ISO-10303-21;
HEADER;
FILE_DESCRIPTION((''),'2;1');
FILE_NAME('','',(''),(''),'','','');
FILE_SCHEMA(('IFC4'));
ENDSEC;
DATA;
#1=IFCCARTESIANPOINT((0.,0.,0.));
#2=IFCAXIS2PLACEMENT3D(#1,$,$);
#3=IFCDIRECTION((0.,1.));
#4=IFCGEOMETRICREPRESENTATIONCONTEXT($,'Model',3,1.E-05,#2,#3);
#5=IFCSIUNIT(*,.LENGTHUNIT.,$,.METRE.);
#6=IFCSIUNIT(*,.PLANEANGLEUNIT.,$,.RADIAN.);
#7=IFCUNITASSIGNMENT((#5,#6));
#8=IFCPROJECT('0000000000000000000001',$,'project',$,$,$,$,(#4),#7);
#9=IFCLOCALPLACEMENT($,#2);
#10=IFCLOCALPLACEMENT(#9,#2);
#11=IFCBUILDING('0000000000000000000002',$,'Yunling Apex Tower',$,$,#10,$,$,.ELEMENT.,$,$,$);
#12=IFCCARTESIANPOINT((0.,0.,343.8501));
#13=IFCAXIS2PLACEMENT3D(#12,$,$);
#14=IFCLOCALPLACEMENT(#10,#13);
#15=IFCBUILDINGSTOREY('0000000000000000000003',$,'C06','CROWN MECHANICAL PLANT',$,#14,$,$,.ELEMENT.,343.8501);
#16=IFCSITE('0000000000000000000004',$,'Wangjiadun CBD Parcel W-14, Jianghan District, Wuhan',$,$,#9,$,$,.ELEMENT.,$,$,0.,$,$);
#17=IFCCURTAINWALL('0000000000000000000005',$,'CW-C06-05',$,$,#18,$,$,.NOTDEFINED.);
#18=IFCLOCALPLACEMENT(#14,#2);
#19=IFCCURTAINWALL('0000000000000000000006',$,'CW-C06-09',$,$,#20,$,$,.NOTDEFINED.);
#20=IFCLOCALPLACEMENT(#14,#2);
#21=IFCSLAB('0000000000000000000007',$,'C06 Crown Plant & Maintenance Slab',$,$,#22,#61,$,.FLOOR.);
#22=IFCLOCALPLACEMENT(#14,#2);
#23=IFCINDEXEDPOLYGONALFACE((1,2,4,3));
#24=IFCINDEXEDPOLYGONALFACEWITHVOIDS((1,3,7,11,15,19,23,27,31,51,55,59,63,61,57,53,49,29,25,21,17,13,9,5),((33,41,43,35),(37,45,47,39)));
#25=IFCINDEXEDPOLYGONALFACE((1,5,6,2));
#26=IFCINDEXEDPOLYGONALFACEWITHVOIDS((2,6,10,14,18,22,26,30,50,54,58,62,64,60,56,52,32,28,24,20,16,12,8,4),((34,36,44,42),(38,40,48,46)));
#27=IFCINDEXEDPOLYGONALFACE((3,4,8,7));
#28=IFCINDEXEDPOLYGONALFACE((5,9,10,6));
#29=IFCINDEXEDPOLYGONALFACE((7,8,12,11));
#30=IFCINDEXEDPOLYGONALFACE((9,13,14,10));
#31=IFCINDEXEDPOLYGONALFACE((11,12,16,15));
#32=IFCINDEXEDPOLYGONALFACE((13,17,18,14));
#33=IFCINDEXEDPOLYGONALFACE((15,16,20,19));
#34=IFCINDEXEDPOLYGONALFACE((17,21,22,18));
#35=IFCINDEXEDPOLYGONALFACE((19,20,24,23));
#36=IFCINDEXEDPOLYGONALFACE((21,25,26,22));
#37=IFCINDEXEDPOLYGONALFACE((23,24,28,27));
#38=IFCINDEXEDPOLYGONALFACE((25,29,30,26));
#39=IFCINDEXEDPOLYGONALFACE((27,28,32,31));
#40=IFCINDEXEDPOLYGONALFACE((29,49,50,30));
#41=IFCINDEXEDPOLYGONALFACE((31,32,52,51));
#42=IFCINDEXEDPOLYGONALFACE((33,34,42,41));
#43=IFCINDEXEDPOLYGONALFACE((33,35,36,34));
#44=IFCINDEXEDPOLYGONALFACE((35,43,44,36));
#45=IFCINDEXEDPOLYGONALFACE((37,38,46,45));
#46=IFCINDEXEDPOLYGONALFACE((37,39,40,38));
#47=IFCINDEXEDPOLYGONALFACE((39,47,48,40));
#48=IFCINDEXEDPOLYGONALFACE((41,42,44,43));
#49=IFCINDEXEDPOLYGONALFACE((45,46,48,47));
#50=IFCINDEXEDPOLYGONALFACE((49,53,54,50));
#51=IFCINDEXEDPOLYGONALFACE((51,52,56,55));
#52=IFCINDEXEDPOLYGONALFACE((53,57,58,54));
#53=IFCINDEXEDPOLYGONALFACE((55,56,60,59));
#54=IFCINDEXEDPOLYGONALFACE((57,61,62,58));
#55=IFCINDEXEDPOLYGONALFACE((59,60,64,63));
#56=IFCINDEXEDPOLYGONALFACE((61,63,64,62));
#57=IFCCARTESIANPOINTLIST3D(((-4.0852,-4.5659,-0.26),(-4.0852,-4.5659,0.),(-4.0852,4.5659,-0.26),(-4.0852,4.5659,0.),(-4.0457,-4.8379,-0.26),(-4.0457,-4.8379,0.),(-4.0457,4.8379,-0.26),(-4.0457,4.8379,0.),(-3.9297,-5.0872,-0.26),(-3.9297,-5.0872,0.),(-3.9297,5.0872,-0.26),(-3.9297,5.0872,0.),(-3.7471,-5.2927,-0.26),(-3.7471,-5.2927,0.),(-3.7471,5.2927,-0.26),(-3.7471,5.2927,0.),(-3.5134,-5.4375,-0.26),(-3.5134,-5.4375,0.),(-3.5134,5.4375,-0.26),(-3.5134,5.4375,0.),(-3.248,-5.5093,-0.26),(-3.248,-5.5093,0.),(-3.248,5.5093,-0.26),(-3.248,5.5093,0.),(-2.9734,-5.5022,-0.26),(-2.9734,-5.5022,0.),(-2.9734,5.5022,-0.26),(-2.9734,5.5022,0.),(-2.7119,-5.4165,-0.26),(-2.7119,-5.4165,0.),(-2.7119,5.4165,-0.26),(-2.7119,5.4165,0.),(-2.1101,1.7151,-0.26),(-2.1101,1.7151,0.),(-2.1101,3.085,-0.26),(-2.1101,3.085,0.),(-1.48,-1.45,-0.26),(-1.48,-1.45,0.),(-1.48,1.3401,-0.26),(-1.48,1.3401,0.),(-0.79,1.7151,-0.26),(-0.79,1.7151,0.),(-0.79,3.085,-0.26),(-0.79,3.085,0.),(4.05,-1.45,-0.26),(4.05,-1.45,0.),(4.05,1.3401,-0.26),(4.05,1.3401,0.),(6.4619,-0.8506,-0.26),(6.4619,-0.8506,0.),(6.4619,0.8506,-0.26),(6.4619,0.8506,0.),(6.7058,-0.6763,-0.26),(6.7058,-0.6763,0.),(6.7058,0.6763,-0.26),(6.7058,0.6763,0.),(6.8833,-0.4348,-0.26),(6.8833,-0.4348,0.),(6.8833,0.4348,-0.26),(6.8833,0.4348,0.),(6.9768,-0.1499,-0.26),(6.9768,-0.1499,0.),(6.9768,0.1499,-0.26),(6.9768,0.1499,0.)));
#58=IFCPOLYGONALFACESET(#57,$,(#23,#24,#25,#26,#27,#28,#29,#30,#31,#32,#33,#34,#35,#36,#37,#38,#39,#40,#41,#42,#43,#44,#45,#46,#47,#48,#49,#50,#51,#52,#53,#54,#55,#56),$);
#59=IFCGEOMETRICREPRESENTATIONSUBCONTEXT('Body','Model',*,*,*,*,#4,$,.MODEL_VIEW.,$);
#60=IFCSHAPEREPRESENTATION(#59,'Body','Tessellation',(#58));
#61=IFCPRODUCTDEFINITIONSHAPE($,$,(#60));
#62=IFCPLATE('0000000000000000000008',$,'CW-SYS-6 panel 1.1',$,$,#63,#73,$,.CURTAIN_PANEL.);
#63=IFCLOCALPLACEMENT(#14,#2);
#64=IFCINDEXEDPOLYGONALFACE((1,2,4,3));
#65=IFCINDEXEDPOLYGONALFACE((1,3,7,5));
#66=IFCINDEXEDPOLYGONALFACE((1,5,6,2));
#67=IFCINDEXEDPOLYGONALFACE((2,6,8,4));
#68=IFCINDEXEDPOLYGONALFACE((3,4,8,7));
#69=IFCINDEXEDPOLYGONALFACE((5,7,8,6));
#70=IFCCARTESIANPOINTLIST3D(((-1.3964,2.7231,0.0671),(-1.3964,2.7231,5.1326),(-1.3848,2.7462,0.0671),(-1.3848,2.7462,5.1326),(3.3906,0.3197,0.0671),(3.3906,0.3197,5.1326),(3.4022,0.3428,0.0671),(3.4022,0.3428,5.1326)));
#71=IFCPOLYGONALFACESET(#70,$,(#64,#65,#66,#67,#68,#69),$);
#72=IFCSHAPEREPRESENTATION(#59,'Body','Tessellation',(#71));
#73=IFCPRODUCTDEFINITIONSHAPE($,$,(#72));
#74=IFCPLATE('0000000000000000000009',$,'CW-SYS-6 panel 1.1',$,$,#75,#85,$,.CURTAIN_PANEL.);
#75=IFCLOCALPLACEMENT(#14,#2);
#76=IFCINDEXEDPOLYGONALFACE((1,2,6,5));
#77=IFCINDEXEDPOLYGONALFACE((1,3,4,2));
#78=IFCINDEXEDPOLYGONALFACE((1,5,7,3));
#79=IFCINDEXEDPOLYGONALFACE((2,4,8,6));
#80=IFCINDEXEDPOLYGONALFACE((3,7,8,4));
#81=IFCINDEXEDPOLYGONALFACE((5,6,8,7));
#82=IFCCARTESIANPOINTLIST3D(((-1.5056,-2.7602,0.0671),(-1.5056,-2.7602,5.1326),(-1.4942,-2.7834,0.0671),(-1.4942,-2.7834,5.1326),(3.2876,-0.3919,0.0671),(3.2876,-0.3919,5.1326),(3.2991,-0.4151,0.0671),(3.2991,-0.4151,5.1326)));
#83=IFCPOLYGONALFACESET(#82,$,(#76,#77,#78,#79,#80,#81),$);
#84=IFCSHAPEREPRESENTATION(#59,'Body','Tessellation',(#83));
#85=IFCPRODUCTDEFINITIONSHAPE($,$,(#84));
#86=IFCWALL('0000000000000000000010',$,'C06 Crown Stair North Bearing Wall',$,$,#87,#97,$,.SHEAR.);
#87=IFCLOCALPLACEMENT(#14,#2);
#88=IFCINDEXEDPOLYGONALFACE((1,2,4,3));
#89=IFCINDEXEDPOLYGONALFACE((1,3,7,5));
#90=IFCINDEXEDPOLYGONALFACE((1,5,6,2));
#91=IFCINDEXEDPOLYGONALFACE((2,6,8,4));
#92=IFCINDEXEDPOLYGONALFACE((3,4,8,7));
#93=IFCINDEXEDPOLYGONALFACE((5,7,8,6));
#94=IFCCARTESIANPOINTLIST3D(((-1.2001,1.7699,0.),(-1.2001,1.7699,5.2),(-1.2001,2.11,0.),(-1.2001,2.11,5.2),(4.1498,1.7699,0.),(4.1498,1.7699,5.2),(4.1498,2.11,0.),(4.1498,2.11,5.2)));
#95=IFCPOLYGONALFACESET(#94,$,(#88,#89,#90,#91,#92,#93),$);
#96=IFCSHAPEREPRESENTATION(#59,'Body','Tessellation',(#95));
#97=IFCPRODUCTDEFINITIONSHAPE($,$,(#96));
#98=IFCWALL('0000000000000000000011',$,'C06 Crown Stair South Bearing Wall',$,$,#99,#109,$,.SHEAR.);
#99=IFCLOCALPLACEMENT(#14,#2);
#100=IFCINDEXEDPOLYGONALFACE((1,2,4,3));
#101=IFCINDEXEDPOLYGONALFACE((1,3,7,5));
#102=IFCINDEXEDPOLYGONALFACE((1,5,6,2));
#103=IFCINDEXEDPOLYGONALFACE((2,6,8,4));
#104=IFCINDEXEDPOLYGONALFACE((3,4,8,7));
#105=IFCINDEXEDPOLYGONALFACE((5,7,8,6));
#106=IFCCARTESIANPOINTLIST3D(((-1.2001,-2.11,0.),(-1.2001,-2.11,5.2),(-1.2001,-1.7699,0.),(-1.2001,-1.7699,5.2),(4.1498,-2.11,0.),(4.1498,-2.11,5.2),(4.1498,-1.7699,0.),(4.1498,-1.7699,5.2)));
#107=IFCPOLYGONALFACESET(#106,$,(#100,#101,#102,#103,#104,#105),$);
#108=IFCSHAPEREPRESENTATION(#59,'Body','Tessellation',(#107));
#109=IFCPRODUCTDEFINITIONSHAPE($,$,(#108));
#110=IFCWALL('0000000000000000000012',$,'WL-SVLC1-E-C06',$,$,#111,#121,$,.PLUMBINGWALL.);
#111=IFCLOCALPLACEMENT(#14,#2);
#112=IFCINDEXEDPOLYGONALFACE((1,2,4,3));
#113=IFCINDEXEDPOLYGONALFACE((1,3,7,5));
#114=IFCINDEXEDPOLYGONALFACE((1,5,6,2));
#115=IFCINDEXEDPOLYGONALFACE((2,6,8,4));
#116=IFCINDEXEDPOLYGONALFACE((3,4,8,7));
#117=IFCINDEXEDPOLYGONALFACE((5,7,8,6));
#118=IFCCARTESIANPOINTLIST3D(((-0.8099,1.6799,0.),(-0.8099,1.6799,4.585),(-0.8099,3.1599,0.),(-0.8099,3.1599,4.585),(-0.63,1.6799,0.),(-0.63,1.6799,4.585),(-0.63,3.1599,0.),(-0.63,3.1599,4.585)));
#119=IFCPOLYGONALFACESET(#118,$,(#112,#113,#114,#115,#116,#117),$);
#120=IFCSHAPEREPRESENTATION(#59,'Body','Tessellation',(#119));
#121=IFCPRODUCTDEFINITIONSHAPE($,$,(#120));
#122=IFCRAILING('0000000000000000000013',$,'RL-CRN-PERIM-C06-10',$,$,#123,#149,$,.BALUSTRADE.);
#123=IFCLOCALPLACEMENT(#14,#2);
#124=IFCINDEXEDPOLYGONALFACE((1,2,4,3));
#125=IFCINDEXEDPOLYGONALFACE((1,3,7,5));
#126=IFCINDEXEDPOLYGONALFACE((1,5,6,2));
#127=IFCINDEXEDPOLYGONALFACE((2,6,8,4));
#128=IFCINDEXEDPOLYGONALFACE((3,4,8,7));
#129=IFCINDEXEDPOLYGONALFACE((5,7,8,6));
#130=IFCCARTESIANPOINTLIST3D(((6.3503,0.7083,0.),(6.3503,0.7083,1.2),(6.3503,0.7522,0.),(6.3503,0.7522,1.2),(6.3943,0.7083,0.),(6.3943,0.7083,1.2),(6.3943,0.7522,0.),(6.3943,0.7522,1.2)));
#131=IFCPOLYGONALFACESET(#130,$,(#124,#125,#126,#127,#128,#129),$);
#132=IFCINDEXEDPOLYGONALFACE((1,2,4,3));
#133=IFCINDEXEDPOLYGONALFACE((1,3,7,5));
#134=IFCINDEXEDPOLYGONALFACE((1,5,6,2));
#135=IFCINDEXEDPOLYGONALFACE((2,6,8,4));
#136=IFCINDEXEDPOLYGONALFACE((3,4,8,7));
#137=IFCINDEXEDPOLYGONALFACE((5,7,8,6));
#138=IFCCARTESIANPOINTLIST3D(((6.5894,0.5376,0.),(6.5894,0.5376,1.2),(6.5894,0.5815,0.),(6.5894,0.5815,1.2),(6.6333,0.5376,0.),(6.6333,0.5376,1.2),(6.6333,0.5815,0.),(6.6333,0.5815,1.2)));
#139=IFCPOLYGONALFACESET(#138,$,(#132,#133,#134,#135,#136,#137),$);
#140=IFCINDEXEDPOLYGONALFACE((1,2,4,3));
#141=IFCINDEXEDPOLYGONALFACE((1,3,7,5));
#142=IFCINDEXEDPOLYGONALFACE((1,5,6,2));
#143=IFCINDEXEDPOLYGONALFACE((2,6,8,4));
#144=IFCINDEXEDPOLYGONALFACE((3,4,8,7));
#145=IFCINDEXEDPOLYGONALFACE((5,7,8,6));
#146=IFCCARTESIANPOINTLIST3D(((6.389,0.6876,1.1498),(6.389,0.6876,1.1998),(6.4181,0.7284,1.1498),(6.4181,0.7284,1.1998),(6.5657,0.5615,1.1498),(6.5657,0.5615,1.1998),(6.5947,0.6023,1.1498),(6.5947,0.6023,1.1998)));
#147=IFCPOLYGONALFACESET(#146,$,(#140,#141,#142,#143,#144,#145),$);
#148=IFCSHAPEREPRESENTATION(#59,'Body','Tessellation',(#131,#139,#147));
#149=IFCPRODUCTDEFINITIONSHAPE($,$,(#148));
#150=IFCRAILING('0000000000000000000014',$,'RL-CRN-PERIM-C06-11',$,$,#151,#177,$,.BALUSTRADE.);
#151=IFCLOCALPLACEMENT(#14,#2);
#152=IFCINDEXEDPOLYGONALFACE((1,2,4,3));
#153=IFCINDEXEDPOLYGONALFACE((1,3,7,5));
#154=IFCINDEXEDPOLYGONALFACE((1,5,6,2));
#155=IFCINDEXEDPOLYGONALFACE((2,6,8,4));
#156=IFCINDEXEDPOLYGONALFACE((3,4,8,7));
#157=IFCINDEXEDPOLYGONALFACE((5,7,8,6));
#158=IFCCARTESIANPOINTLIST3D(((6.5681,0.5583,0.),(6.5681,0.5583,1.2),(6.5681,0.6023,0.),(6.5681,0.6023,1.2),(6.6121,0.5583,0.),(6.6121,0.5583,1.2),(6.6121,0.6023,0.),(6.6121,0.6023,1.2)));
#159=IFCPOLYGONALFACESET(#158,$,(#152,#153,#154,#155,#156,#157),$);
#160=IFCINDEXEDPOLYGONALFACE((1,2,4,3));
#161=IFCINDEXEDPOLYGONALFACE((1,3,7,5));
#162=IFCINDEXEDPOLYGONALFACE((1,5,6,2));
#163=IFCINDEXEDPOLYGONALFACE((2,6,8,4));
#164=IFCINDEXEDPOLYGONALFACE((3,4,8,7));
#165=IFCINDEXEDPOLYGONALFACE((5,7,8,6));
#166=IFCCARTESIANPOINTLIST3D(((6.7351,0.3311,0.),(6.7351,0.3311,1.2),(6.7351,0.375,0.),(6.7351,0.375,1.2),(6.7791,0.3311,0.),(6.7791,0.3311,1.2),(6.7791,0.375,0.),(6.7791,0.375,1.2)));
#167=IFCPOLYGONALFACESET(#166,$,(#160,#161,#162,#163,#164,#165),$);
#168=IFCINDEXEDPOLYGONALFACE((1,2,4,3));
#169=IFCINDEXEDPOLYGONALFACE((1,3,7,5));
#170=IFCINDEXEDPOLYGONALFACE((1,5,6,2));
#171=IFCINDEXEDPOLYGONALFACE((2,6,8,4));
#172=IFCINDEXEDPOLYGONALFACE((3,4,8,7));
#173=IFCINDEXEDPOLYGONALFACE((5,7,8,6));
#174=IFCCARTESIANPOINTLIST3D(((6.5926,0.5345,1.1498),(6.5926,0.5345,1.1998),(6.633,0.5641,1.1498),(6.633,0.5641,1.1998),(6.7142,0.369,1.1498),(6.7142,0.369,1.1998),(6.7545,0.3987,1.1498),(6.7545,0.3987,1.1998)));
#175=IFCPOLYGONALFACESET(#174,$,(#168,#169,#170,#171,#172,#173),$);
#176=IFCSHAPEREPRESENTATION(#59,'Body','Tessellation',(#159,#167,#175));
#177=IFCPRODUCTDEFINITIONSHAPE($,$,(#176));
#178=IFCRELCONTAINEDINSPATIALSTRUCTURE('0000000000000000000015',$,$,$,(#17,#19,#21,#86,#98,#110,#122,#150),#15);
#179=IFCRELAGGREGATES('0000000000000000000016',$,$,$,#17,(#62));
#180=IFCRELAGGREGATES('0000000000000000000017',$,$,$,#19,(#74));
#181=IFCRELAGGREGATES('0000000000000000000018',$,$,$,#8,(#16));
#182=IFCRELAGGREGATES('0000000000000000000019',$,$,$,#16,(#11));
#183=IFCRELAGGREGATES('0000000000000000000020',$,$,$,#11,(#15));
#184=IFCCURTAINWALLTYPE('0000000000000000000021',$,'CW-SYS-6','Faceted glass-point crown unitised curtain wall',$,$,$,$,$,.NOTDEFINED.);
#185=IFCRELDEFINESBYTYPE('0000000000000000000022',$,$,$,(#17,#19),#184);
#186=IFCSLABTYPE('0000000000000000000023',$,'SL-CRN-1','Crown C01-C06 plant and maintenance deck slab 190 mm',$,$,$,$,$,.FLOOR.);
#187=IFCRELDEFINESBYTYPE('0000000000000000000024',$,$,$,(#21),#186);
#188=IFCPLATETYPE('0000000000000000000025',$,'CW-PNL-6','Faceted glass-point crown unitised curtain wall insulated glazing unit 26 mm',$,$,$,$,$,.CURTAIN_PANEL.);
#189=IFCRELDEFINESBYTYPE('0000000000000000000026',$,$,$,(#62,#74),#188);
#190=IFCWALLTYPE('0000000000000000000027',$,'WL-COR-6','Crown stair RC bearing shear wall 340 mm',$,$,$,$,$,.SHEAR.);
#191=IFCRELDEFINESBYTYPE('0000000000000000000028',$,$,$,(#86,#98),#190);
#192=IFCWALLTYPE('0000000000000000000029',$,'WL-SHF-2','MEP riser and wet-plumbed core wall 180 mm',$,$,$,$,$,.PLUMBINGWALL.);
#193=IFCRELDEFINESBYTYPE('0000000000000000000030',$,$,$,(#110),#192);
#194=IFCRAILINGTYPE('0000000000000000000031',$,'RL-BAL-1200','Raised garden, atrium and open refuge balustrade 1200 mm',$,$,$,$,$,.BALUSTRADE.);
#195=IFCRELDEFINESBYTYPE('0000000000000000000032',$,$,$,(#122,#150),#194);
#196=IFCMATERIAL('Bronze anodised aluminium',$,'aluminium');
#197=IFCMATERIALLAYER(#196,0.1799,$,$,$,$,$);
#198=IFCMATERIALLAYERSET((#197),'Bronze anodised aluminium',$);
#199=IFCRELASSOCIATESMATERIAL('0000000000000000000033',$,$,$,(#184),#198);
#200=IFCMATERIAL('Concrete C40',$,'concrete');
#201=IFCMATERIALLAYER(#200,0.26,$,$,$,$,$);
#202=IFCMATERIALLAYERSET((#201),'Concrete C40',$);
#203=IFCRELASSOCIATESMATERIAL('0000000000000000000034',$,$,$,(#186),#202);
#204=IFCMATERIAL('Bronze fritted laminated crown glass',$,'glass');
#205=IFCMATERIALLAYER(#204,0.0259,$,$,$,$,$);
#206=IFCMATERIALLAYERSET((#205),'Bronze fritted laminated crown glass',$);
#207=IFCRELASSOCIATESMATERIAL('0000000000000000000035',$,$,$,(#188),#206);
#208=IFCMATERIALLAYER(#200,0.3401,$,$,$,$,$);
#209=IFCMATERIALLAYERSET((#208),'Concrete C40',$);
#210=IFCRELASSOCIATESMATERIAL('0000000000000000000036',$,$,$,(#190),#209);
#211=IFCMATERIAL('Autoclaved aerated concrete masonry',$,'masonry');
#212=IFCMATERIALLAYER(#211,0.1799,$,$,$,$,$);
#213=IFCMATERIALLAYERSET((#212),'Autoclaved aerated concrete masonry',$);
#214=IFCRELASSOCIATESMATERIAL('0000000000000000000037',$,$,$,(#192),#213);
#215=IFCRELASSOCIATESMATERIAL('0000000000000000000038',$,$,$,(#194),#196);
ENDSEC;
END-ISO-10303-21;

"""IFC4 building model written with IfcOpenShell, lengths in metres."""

from ifc_helpers import new_model, si_unit, direction, frame, frame_2d, origin, origin_2d, place, context, subcontext, project, spatial, polyline, rectangle, outline, extrude, source, transform, mapped, material, layer, layer_set, type_object, element, aggregate, save


model = new_model("IFC4")

# Units and contexts
model_context = context("Model", 3, precision=1e-05, world=origin(), true_north=direction((0.0, 1.0)))
body_context = subcontext(model_context, "Body", "Model", "MODEL_VIEW")
ifc_project = project(units=[si_unit("LENGTHUNIT", "METRE"), si_unit("PLANEANGLEUNIT", "RADIAN")], contexts=[model_context])

# Site, building, storey
site_placement = place(None, origin())
site = spatial("IfcSite", under=ifc_project, at=site_placement, Name="Wangjiadun CBD Parcel W-14, Jianghan District, Wuhan", CompositionType="ELEMENT", RefElevation=0.0)
building_placement = place(site_placement, origin())
building = spatial("IfcBuilding", under=site, at=building_placement, Name="Yunling Apex Tower", CompositionType="ELEMENT")
storey_placement = place(building_placement, frame((0.0, 0.0, 343.8501)))
storey = spatial("IfcBuildingStorey", under=building, at=storey_placement, Name="C06", Description="CROWN MECHANICAL PLANT", CompositionType="ELEMENT", Elevation=343.8501)

# Curtain walls
ifc_material_1 = material(Name="Bronze anodised aluminium", Category="aluminium")
ifc_layer_1 = layer(ifc_material_1, 0.1799)
ifc_layer_set_1 = layer_set([ifc_layer_1], Name="Bronze anodised aluminium")
curtain_wall_type = type_object("IfcCurtainWallType", Name="CW-SYS-6", Description="Faceted glass-point crown unitised curtain wall", PredefinedType="NOTDEFINED", material=ifc_layer_set_1)
curtain_wall_1_placement = place(storey_placement, origin())
curtain_wall_1 = element("IfcCurtainWall", 1, at=curtain_wall_1_placement, inside=storey, type_object=curtain_wall_type, Name="CW-C06-05", PredefinedType="NOTDEFINED")
curtain_wall_2_placement = place(storey_placement, origin())
curtain_wall_2 = element("IfcCurtainWall", 2, at=curtain_wall_2_placement, inside=storey, type_object=curtain_wall_type, Name="CW-C06-09", PredefinedType="NOTDEFINED")

# Slab
ifc_material_2 = material(Name="Concrete C40", Category="concrete")
ifc_layer_2 = layer(ifc_material_2, 0.26)
ifc_layer_set_2 = layer_set([ifc_layer_2], Name="Concrete C40")
slab_type = type_object("IfcSlabType", Name="SL-CRN-1", Description="Crown C01-C06 plant and maintenance deck slab 190 mm", PredefinedType="FLOOR", material=ifc_layer_set_2)
slab_placement = place(storey_placement, frame((0.0, 0.0, -0.26)))
element("IfcSlab", 3, at=slab_placement, inside=storey, type_object=slab_type, Name="C06 Crown Plant & Maintenance Slab", PredefinedType="FLOOR", context=body_context, shape_type="SweptSolid", body=[
    extrude(outline(polyline([(-4.0852, -4.5659), (-4.0457, -4.8379), (-3.9297, -5.0872), (-3.7471, -5.2927), (-3.5134, -5.4375), (-3.248, -5.5093), (-2.9734, -5.5022), (-2.7119, -5.4165), (6.4619, -0.8506), (6.7058, -0.6763), (6.8833, -0.4348), (6.9768, -0.1499), (6.9768, 0.1499), (6.8833, 0.4348), (6.7058, 0.6763), (6.4619, 0.8506), (-2.7119, 5.4165), (-2.9734, 5.5022), (-3.248, 5.5093), (-3.5134, 5.4375), (-3.7471, 5.2927), (-3.9297, 5.0872), (-4.0457, 4.8379), (-4.0852, 4.5659), (-4.0852, -4.5659)]), holes=[polyline([(4.05, -1.45), (-1.48, -1.45), (-1.48, 1.3401), (4.05, 1.3401), (4.05, -1.45)]), polyline([(-0.79, 1.7151), (-2.1101, 1.7151), (-2.1101, 3.085), (-0.79, 3.085), (-0.79, 1.7151)])]), origin(), (0.0, 0.0, 1.0), 0.26),
])

# Plates
ifc_material_3 = material(Name="Bronze fritted laminated crown glass", Category="glass")
ifc_layer_3 = layer(ifc_material_3, 0.0259)
ifc_layer_set_3 = layer_set([ifc_layer_3], Name="Bronze fritted laminated crown glass")
plate_type = type_object("IfcPlateType", Name="CW-PNL-6", Description="Faceted glass-point crown unitised curtain wall insulated glazing unit 26 mm", PredefinedType="CURTAIN_PANEL", material=ifc_layer_set_3)
shared_shape_1 = source(origin(), body_context, "Body", "SweptSolid", [
    extrude(rectangle(XDim=5.3564, YDim=0.0259, at=origin_2d()), origin(), (0.0, 0.0, 1.0), 5.0654),
])
plate_1_placement = place(storey_placement, frame((1.0029, 1.533, 0.0671), z_axis=(0.0, 0.0, 1.0), x_axis=(0.89369, -0.448685, 0.0)))
plate_1 = element("IfcPlate", 4, at=plate_1_placement, type_object=plate_type, Name="CW-SYS-6 panel 1.1", PredefinedType="CURTAIN_PANEL", context=body_context, shape_type="MappedRepresentation", body=[
    mapped(shared_shape_1, transform((0.0, 0.0, 0.0), scale=1.0)),
])
aggregate(curtain_wall_1, [plate_1])
shared_shape_2 = source(origin(), body_context, "Body", "SweptSolid", [
    extrude(rectangle(XDim=5.3464, YDim=0.0259, at=origin_2d()), origin(), (0.0, 0.0, 1.0), 5.0654),
])
plate_2_placement = place(storey_placement, frame((0.8967, -1.5876, 0.0671), z_axis=(0.0, 0.0, 1.0), x_axis=(-0.896537, -0.442968, 0.0)))
plate_2 = element("IfcPlate", 5, at=plate_2_placement, type_object=plate_type, Name="CW-SYS-6 panel 1.1", PredefinedType="CURTAIN_PANEL", context=body_context, shape_type="MappedRepresentation", body=[
    mapped(shared_shape_2, transform((0.0, 0.0, 0.0), scale=1.0)),
])
aggregate(curtain_wall_2, [plate_2])

# Walls
ifc_layer_4 = layer(ifc_material_2, 0.3401)
ifc_layer_set_4 = layer_set([ifc_layer_4], Name="Concrete C40")
wall_type_1 = type_object("IfcWallType", Name="WL-COR-6", Description="Crown stair RC bearing shear wall 340 mm", PredefinedType="SHEAR", material=ifc_layer_set_4)
for number, where, z_axis, x_axis, name in (
    (6, (-1.2, 1.9399, 0.0), (0.0, 0.0, 1.0), (1.0, 0.0, 0.0), "C06 Crown Stair North Bearing Wall"),
    (7, (-1.2, -1.9399, 0.0), (0.0, 0.0, 1.0), (1.0, 0.0, 0.0), "C06 Crown Stair South Bearing Wall"),
):
    element("IfcWall", number, at=place(storey_placement, frame(where, z_axis=z_axis, x_axis=x_axis)), inside=storey, type_object=wall_type_1, Name=name, PredefinedType="SHEAR", context=body_context, shape_type="SweptSolid", body=[
        extrude(rectangle(XDim=5.3499, YDim=0.3401, at=frame_2d((2.6748, 0.0))), origin(), (0.0, 0.0, 1.0), 5.2),
    ])
ifc_material_4 = material(Name="Autoclaved aerated concrete masonry", Category="masonry")
ifc_layer_5 = layer(ifc_material_4, 0.1799)
ifc_layer_set_5 = layer_set([ifc_layer_5], Name="Autoclaved aerated concrete masonry")
wall_type_2 = type_object("IfcWallType", Name="WL-SHF-2", Description="MEP riser and wet-plumbed core wall 180 mm", PredefinedType="PLUMBINGWALL", material=ifc_layer_set_5)
wall_placement = place(storey_placement, frame((-0.72, 1.6799, 0.0), z_axis=(0.0, 0.0, 1.0), x_axis=(0.0, 1.0, 0.0)))
element("IfcWall", 8, at=wall_placement, inside=storey, type_object=wall_type_2, Name="WL-SVLC1-E-C06", PredefinedType="PLUMBINGWALL", context=body_context, shape_type="SweptSolid", body=[
    extrude(rectangle(XDim=1.48, YDim=0.1799, at=frame_2d((0.74, 0.0))), origin(), (0.0, 0.0, 1.0), 4.585),
])

# Railings
railing_type_1 = type_object("IfcRailingType", Name="RL-BAL-1200", Description="Raised garden, atrium and open refuge balustrade 1200 mm", PredefinedType="BALUSTRADE", material=ifc_material_1)
railing_1_placement = place(storey_placement, frame((6.3723, 0.7302, 0.0)))
element("IfcRailing", 9, at=railing_1_placement, inside=storey, type_object=railing_type_1, Name="RL-CRN-PERIM-C06-10", PredefinedType="BALUSTRADE", context=body_context, shape_type="SweptSolid", body=[
    extrude(rectangle(XDim=0.0439, YDim=0.0439, at=origin_2d()), origin(), (0.0, 0.0, 1.0), 1.2),
    extrude(rectangle(XDim=0.0439, YDim=0.0439, at=origin_2d()), frame((0.239, -0.1707, 0.0)), (0.0, 0.0, 1.0), 1.2),
    extrude(rectangle(XDim=0.05, YDim=0.05, at=origin_2d()), frame((0.0312, -0.0222, 1.1748), z_axis=(0.813846, -0.581081, 0.0), x_axis=(0.581081, 0.813846, 0.0)), (0.0, 0.0, 1.0), 0.217),
])
railing_2_placement = place(storey_placement, frame((6.5901, 0.5803, 0.0)))
element("IfcRailing", 10, at=railing_2_placement, inside=storey, type_object=railing_type_1, Name="RL-CRN-PERIM-C06-11", PredefinedType="BALUSTRADE", context=body_context, shape_type="SweptSolid", body=[
    extrude(rectangle(XDim=0.0439, YDim=0.0439, at=origin_2d()), origin(), (0.0, 0.0, 1.0), 1.2),
    extrude(rectangle(XDim=0.0439, YDim=0.0439, at=origin_2d()), frame((0.167, -0.2273, 0.0)), (0.0, 0.0, 1.0), 1.2),
    extrude(rectangle(XDim=0.05, YDim=0.05, at=origin_2d()), frame((0.0227, -0.031, 1.1748), z_axis=(0.592076, -0.805882, 0.0), x_axis=(0.805882, 0.592076, 0.0)), (0.0, 0.0, 1.0), 0.2053),
])

save(model, "model.ifc")
